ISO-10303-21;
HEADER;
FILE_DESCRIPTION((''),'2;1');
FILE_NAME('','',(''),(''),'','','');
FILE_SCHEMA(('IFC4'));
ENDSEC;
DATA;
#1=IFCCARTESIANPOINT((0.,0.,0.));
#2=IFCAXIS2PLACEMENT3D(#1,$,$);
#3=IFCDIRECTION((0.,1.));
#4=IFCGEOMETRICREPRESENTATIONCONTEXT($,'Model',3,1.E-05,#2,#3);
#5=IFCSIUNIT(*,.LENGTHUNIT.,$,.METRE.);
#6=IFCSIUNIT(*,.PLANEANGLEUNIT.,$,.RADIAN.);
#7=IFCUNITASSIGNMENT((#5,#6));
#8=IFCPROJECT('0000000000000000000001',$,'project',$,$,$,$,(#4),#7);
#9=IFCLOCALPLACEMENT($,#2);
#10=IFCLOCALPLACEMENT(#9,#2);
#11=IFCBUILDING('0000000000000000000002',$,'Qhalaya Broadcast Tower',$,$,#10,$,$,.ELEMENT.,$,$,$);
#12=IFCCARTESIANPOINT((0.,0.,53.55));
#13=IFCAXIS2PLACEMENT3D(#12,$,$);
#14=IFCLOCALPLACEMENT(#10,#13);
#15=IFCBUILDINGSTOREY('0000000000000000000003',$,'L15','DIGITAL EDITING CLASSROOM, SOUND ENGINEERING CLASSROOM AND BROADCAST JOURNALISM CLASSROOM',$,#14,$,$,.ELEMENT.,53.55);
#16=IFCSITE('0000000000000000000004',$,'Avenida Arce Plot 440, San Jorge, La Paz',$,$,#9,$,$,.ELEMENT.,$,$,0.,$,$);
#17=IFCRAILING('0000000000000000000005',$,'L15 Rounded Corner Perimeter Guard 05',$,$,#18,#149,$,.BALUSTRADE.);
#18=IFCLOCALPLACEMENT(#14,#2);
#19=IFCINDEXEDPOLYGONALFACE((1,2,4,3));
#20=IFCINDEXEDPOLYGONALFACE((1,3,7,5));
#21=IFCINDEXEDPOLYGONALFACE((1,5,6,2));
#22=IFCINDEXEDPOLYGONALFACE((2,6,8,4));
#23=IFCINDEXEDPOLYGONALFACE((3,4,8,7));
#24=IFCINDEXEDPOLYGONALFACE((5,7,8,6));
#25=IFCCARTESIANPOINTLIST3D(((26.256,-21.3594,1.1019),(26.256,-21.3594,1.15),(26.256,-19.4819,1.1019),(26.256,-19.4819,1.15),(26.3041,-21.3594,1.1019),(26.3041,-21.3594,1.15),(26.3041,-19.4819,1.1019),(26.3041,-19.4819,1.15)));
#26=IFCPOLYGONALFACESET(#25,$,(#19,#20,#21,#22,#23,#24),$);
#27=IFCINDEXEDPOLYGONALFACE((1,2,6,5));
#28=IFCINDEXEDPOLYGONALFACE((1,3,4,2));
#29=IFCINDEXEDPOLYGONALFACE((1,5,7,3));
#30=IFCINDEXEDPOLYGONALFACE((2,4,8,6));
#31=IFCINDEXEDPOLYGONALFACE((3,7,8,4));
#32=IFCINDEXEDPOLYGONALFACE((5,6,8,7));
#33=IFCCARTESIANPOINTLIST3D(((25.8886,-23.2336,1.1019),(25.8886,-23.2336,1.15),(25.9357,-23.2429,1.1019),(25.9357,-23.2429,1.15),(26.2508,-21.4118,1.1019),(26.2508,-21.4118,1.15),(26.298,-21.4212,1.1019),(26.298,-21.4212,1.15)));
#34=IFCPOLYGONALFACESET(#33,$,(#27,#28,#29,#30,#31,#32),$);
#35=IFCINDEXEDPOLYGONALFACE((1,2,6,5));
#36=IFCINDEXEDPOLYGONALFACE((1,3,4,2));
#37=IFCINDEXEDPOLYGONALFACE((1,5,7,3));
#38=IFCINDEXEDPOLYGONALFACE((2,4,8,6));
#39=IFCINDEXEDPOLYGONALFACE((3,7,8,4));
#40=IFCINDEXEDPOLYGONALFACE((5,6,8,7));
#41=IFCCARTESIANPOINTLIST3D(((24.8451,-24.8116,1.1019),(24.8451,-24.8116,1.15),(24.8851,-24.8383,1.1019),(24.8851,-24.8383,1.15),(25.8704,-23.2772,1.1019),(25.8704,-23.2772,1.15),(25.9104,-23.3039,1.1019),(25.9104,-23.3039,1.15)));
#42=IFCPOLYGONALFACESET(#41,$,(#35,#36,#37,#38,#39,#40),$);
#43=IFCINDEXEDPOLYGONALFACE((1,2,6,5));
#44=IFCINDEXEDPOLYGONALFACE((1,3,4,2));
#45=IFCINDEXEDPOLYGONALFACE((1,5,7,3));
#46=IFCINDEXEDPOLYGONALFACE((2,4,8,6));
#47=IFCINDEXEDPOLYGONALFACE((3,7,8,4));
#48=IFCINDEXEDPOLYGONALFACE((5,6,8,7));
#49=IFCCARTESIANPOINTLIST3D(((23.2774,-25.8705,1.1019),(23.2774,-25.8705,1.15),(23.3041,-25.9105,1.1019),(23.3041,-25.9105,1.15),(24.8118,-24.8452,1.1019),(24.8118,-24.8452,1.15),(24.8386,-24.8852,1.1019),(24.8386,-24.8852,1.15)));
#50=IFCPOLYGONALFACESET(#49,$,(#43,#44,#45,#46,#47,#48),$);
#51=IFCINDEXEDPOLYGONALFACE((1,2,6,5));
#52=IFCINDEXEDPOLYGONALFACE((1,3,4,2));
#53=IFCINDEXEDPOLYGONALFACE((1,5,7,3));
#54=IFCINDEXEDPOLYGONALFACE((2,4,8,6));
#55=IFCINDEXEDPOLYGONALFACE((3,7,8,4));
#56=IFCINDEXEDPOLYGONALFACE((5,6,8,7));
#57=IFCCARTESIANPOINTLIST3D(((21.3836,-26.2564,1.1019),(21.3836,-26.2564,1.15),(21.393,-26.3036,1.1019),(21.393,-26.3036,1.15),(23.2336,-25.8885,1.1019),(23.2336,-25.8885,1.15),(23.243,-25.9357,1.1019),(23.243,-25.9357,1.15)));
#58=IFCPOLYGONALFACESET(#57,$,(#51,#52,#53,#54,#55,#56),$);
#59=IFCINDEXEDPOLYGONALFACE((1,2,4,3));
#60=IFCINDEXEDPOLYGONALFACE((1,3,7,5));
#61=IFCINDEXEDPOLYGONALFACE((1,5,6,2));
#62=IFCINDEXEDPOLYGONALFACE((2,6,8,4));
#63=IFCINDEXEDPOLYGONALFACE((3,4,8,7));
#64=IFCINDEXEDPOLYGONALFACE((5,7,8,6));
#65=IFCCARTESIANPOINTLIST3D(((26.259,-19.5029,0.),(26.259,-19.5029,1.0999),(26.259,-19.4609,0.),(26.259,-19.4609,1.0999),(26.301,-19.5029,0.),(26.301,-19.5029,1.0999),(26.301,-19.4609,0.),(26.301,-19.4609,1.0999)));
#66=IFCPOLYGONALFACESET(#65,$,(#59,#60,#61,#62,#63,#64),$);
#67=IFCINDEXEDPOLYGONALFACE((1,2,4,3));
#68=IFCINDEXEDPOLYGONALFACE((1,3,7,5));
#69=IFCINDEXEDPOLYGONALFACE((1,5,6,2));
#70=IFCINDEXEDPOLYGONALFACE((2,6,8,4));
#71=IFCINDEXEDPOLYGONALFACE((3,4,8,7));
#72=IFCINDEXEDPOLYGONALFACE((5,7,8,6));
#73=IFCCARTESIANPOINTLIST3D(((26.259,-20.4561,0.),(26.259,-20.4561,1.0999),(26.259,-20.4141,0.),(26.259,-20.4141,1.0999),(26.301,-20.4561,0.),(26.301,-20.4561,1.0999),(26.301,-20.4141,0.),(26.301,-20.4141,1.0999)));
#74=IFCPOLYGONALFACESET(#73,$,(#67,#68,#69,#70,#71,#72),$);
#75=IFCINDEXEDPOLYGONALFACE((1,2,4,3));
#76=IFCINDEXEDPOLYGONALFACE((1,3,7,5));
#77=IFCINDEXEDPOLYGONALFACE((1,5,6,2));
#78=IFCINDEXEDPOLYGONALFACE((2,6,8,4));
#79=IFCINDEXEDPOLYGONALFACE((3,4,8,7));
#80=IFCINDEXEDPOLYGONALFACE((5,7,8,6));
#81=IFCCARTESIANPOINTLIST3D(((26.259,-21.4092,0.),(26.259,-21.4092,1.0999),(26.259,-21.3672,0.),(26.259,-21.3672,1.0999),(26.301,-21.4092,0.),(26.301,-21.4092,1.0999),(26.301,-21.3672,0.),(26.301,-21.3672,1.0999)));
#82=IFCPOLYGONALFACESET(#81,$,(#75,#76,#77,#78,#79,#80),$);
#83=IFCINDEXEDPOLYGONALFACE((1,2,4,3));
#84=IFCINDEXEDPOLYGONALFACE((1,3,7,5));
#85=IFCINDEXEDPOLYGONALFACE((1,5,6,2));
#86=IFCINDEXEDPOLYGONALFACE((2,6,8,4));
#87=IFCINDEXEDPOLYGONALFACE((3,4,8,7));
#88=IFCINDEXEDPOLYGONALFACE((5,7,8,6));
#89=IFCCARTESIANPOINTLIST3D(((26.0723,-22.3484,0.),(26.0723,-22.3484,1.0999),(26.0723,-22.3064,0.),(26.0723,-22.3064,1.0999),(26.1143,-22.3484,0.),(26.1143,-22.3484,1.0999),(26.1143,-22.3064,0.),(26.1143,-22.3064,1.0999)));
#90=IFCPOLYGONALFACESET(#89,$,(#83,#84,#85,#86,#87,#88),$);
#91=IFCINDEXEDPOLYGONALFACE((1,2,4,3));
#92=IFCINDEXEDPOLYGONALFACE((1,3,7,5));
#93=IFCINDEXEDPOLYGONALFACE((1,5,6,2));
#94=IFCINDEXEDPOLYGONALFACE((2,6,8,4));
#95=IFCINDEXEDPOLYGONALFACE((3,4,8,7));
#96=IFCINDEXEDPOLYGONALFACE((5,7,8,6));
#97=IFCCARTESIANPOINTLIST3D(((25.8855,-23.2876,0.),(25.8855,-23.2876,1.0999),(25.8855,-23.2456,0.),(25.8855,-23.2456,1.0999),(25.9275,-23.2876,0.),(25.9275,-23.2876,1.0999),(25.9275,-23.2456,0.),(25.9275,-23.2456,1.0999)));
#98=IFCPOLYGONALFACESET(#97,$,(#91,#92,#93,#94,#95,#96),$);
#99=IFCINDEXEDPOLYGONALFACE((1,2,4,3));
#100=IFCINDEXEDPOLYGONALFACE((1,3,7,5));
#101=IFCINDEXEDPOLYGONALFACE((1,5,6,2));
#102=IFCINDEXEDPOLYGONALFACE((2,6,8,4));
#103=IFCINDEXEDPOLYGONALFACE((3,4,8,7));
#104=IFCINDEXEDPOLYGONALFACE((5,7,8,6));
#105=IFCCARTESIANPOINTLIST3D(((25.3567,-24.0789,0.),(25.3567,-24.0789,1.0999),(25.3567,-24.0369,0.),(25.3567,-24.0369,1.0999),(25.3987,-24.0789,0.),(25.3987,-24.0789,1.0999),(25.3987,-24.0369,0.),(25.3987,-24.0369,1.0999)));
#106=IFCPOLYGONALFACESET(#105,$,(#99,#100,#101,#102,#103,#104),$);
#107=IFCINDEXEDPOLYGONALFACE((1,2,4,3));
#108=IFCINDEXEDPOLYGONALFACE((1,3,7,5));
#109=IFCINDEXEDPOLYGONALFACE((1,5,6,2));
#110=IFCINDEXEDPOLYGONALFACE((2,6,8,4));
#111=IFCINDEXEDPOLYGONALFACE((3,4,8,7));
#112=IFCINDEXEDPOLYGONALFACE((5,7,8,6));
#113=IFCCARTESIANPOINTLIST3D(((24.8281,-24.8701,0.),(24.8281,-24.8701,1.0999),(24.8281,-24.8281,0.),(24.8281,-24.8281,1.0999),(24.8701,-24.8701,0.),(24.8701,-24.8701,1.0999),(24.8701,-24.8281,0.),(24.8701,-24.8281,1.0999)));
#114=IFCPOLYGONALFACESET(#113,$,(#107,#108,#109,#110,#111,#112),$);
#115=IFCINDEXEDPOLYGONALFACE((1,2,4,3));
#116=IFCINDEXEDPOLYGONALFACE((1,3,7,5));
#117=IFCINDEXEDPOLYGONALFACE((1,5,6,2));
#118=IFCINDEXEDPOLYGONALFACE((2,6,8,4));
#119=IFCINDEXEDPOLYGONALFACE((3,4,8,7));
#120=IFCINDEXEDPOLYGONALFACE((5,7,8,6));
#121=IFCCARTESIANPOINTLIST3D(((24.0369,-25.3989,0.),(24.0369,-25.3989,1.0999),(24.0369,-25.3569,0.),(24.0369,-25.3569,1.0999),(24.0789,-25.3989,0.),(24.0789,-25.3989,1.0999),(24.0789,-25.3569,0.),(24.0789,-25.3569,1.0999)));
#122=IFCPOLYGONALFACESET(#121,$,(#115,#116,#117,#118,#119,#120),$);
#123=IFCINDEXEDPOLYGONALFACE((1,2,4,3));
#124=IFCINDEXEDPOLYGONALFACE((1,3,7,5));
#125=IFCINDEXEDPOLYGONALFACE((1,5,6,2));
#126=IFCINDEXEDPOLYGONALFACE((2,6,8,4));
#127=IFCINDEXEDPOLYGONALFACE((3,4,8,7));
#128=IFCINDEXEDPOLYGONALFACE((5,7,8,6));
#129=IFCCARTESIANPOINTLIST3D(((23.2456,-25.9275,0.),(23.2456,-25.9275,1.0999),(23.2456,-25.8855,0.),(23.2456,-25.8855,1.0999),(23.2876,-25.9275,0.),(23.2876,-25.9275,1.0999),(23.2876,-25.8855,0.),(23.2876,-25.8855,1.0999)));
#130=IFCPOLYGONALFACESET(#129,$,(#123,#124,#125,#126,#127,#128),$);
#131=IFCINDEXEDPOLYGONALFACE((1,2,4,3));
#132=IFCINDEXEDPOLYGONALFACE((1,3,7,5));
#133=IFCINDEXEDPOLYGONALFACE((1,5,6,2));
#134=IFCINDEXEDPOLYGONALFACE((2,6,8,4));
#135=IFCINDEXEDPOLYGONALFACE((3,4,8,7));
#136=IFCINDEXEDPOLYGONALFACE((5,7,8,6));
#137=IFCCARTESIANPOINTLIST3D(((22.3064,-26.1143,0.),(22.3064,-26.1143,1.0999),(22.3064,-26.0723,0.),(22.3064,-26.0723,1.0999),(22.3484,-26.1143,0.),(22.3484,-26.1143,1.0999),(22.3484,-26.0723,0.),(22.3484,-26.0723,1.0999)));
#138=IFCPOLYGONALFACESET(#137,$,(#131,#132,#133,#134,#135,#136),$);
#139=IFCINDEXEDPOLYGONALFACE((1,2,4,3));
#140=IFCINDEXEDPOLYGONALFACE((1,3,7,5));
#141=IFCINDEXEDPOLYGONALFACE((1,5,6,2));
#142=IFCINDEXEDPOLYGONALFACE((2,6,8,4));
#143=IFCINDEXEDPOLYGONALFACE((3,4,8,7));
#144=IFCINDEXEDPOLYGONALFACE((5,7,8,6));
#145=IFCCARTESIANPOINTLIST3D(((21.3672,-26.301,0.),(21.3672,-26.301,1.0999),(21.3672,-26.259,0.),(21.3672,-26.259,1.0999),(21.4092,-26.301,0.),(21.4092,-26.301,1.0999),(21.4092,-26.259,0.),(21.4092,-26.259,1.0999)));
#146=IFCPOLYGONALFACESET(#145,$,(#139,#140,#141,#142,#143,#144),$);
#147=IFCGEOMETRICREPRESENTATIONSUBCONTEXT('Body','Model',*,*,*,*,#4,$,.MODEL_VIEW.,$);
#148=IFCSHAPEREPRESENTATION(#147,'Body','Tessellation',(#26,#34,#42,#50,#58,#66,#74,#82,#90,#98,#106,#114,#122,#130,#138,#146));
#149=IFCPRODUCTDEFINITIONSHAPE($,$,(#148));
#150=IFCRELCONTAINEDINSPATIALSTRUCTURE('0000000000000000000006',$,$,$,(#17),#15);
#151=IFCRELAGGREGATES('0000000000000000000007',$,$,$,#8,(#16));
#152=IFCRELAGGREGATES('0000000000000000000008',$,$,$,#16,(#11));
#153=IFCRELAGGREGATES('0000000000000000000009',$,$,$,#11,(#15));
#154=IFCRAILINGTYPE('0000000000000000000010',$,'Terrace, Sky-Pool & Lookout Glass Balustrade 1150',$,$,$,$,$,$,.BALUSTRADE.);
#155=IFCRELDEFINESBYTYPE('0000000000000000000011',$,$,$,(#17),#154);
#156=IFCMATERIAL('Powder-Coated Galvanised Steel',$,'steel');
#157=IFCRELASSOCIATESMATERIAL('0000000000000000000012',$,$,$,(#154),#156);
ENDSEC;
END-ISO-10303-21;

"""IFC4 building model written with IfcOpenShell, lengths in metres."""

from ifc_helpers import new_model, si_unit, direction, frame, origin, origin_2d, place, context, subcontext, project, spatial, rectangle, extrude, material, type_object, element, save


model = new_model("IFC4")

# Units and contexts
model_context = context("Model", 3, precision=1e-05, world=origin(), true_north=direction((0.0, 1.0)))
body_context = subcontext(model_context, "Body", "Model", "MODEL_VIEW")
ifc_project = project(units=[si_unit("LENGTHUNIT", "METRE"), si_unit("PLANEANGLEUNIT", "RADIAN")], contexts=[model_context])

# Site, building, storey
site_placement = place(None, origin())
site = spatial("IfcSite", under=ifc_project, at=site_placement, Name="Avenida Arce Plot 440, San Jorge, La Paz", CompositionType="ELEMENT", RefElevation=0.0)
building_placement = place(site_placement, origin())
building = spatial("IfcBuilding", under=site, at=building_placement, Name="Qhalaya Broadcast Tower", CompositionType="ELEMENT")
storey_placement = place(building_placement, frame((0.0, 0.0, 53.55)))
storey = spatial("IfcBuildingStorey", under=building, at=storey_placement, Name="L15", Description="DIGITAL EDITING CLASSROOM, SOUND ENGINEERING CLASSROOM AND BROADCAST JOURNALISM CLASSROOM", CompositionType="ELEMENT", Elevation=53.55)

# Railing
ifc_material_1 = material(Name="Powder-Coated Galvanised Steel", Category="steel")
railing_type = type_object("IfcRailingType", Name="Terrace, Sky-Pool & Lookout Glass Balustrade 1150", PredefinedType="BALUSTRADE", material=ifc_material_1)
railing_1_placement = place(storey_placement, frame((26.28, -19.4819, 0.0)))
element("IfcRailing", 1, at=railing_1_placement, inside=storey, type_object=railing_type, Name="L15 Rounded Corner Perimeter Guard 05", PredefinedType="BALUSTRADE", context=body_context, shape_type="SweptSolid", body=[
    extrude(rectangle(XDim=0.0481, YDim=0.0481, at=origin_2d()), frame((0.0, 0.0, 1.126), z_axis=(0.0, -1.0, 0.0), x_axis=(1.0, 0.0, 0.0)), (0.0, 0.0, 1.0), 1.8774),
    extrude(rectangle(XDim=0.0481, YDim=0.0481, at=origin_2d()), frame((-0.0056, -1.9346, 1.126), z_axis=(-0.195037, -0.980796, 0.0), x_axis=(0.980796, -0.195037, 0.0)), (0.0, 0.0, 1.0), 1.8574),
    extrude(rectangle(XDim=0.0481, YDim=0.0481, at=origin_2d()), frame((-0.3896, -3.8086, 1.126), z_axis=(-0.555558, -0.831478, 0.0), x_axis=(0.831478, -0.555558, 0.0)), (0.0, 0.0, 1.0), 1.8455),
    extrude(rectangle(XDim=0.0481, YDim=0.0481, at=origin_2d()), frame((-1.4548, -5.3833, 1.126), z_axis=(-0.831478, -0.555558, 0.0), x_axis=(0.555558, -0.831478, 0.0)), (0.0, 0.0, 1.0), 1.8455),
    extrude(rectangle(XDim=0.0481, YDim=0.0481, at=origin_2d()), frame((-3.0417, -6.4302, 1.126), z_axis=(-0.980796, -0.195037, 0.0), x_axis=(0.195037, -0.980796, 0.0)), (0.0, 0.0, 1.0), 1.8862),
    extrude(rectangle(XDim=0.042, YDim=0.042, at=origin_2d()), origin(), (0.0, 0.0, 1.0), 1.0999),
    extrude(rectangle(XDim=0.042, YDim=0.042, at=origin_2d()), frame((0.0, -0.9531, 0.0)), (0.0, 0.0, 1.0), 1.0999),
    extrude(rectangle(XDim=0.042, YDim=0.042, at=origin_2d()), frame((0.0, -1.9062, 0.0)), (0.0, 0.0, 1.0), 1.0999),
    extrude(rectangle(XDim=0.042, YDim=0.042, at=origin_2d()), frame((-0.1868, -2.8455, 0.0)), (0.0, 0.0, 1.0), 1.0999),
    extrude(rectangle(XDim=0.042, YDim=0.042, at=origin_2d()), frame((-0.3735, -3.7847, 0.0)), (0.0, 0.0, 1.0), 1.0999),
    extrude(rectangle(XDim=0.042, YDim=0.042, at=origin_2d()), frame((-0.9023, -4.5759, 0.0)), (0.0, 0.0, 1.0), 1.0999),
    extrude(rectangle(XDim=0.042, YDim=0.042, at=origin_2d()), frame((-1.4309, -5.3672, 0.0)), (0.0, 0.0, 1.0), 1.0999),
    extrude(rectangle(XDim=0.042, YDim=0.042, at=origin_2d()), frame((-2.2222, -5.896, 0.0)), (0.0, 0.0, 1.0), 1.0999),
    extrude(rectangle(XDim=0.042, YDim=0.042, at=origin_2d()), frame((-3.0134, -6.4246, 0.0)), (0.0, 0.0, 1.0), 1.0999),
    extrude(rectangle(XDim=0.042, YDim=0.042, at=origin_2d()), frame((-3.9526, -6.6113, 0.0)), (0.0, 0.0, 1.0), 1.0999),
    extrude(rectangle(XDim=0.042, YDim=0.042, at=origin_2d()), frame((-4.8918, -6.7981, 0.0)), (0.0, 0.0, 1.0), 1.0999),
])

save(model, "model.ifc")
